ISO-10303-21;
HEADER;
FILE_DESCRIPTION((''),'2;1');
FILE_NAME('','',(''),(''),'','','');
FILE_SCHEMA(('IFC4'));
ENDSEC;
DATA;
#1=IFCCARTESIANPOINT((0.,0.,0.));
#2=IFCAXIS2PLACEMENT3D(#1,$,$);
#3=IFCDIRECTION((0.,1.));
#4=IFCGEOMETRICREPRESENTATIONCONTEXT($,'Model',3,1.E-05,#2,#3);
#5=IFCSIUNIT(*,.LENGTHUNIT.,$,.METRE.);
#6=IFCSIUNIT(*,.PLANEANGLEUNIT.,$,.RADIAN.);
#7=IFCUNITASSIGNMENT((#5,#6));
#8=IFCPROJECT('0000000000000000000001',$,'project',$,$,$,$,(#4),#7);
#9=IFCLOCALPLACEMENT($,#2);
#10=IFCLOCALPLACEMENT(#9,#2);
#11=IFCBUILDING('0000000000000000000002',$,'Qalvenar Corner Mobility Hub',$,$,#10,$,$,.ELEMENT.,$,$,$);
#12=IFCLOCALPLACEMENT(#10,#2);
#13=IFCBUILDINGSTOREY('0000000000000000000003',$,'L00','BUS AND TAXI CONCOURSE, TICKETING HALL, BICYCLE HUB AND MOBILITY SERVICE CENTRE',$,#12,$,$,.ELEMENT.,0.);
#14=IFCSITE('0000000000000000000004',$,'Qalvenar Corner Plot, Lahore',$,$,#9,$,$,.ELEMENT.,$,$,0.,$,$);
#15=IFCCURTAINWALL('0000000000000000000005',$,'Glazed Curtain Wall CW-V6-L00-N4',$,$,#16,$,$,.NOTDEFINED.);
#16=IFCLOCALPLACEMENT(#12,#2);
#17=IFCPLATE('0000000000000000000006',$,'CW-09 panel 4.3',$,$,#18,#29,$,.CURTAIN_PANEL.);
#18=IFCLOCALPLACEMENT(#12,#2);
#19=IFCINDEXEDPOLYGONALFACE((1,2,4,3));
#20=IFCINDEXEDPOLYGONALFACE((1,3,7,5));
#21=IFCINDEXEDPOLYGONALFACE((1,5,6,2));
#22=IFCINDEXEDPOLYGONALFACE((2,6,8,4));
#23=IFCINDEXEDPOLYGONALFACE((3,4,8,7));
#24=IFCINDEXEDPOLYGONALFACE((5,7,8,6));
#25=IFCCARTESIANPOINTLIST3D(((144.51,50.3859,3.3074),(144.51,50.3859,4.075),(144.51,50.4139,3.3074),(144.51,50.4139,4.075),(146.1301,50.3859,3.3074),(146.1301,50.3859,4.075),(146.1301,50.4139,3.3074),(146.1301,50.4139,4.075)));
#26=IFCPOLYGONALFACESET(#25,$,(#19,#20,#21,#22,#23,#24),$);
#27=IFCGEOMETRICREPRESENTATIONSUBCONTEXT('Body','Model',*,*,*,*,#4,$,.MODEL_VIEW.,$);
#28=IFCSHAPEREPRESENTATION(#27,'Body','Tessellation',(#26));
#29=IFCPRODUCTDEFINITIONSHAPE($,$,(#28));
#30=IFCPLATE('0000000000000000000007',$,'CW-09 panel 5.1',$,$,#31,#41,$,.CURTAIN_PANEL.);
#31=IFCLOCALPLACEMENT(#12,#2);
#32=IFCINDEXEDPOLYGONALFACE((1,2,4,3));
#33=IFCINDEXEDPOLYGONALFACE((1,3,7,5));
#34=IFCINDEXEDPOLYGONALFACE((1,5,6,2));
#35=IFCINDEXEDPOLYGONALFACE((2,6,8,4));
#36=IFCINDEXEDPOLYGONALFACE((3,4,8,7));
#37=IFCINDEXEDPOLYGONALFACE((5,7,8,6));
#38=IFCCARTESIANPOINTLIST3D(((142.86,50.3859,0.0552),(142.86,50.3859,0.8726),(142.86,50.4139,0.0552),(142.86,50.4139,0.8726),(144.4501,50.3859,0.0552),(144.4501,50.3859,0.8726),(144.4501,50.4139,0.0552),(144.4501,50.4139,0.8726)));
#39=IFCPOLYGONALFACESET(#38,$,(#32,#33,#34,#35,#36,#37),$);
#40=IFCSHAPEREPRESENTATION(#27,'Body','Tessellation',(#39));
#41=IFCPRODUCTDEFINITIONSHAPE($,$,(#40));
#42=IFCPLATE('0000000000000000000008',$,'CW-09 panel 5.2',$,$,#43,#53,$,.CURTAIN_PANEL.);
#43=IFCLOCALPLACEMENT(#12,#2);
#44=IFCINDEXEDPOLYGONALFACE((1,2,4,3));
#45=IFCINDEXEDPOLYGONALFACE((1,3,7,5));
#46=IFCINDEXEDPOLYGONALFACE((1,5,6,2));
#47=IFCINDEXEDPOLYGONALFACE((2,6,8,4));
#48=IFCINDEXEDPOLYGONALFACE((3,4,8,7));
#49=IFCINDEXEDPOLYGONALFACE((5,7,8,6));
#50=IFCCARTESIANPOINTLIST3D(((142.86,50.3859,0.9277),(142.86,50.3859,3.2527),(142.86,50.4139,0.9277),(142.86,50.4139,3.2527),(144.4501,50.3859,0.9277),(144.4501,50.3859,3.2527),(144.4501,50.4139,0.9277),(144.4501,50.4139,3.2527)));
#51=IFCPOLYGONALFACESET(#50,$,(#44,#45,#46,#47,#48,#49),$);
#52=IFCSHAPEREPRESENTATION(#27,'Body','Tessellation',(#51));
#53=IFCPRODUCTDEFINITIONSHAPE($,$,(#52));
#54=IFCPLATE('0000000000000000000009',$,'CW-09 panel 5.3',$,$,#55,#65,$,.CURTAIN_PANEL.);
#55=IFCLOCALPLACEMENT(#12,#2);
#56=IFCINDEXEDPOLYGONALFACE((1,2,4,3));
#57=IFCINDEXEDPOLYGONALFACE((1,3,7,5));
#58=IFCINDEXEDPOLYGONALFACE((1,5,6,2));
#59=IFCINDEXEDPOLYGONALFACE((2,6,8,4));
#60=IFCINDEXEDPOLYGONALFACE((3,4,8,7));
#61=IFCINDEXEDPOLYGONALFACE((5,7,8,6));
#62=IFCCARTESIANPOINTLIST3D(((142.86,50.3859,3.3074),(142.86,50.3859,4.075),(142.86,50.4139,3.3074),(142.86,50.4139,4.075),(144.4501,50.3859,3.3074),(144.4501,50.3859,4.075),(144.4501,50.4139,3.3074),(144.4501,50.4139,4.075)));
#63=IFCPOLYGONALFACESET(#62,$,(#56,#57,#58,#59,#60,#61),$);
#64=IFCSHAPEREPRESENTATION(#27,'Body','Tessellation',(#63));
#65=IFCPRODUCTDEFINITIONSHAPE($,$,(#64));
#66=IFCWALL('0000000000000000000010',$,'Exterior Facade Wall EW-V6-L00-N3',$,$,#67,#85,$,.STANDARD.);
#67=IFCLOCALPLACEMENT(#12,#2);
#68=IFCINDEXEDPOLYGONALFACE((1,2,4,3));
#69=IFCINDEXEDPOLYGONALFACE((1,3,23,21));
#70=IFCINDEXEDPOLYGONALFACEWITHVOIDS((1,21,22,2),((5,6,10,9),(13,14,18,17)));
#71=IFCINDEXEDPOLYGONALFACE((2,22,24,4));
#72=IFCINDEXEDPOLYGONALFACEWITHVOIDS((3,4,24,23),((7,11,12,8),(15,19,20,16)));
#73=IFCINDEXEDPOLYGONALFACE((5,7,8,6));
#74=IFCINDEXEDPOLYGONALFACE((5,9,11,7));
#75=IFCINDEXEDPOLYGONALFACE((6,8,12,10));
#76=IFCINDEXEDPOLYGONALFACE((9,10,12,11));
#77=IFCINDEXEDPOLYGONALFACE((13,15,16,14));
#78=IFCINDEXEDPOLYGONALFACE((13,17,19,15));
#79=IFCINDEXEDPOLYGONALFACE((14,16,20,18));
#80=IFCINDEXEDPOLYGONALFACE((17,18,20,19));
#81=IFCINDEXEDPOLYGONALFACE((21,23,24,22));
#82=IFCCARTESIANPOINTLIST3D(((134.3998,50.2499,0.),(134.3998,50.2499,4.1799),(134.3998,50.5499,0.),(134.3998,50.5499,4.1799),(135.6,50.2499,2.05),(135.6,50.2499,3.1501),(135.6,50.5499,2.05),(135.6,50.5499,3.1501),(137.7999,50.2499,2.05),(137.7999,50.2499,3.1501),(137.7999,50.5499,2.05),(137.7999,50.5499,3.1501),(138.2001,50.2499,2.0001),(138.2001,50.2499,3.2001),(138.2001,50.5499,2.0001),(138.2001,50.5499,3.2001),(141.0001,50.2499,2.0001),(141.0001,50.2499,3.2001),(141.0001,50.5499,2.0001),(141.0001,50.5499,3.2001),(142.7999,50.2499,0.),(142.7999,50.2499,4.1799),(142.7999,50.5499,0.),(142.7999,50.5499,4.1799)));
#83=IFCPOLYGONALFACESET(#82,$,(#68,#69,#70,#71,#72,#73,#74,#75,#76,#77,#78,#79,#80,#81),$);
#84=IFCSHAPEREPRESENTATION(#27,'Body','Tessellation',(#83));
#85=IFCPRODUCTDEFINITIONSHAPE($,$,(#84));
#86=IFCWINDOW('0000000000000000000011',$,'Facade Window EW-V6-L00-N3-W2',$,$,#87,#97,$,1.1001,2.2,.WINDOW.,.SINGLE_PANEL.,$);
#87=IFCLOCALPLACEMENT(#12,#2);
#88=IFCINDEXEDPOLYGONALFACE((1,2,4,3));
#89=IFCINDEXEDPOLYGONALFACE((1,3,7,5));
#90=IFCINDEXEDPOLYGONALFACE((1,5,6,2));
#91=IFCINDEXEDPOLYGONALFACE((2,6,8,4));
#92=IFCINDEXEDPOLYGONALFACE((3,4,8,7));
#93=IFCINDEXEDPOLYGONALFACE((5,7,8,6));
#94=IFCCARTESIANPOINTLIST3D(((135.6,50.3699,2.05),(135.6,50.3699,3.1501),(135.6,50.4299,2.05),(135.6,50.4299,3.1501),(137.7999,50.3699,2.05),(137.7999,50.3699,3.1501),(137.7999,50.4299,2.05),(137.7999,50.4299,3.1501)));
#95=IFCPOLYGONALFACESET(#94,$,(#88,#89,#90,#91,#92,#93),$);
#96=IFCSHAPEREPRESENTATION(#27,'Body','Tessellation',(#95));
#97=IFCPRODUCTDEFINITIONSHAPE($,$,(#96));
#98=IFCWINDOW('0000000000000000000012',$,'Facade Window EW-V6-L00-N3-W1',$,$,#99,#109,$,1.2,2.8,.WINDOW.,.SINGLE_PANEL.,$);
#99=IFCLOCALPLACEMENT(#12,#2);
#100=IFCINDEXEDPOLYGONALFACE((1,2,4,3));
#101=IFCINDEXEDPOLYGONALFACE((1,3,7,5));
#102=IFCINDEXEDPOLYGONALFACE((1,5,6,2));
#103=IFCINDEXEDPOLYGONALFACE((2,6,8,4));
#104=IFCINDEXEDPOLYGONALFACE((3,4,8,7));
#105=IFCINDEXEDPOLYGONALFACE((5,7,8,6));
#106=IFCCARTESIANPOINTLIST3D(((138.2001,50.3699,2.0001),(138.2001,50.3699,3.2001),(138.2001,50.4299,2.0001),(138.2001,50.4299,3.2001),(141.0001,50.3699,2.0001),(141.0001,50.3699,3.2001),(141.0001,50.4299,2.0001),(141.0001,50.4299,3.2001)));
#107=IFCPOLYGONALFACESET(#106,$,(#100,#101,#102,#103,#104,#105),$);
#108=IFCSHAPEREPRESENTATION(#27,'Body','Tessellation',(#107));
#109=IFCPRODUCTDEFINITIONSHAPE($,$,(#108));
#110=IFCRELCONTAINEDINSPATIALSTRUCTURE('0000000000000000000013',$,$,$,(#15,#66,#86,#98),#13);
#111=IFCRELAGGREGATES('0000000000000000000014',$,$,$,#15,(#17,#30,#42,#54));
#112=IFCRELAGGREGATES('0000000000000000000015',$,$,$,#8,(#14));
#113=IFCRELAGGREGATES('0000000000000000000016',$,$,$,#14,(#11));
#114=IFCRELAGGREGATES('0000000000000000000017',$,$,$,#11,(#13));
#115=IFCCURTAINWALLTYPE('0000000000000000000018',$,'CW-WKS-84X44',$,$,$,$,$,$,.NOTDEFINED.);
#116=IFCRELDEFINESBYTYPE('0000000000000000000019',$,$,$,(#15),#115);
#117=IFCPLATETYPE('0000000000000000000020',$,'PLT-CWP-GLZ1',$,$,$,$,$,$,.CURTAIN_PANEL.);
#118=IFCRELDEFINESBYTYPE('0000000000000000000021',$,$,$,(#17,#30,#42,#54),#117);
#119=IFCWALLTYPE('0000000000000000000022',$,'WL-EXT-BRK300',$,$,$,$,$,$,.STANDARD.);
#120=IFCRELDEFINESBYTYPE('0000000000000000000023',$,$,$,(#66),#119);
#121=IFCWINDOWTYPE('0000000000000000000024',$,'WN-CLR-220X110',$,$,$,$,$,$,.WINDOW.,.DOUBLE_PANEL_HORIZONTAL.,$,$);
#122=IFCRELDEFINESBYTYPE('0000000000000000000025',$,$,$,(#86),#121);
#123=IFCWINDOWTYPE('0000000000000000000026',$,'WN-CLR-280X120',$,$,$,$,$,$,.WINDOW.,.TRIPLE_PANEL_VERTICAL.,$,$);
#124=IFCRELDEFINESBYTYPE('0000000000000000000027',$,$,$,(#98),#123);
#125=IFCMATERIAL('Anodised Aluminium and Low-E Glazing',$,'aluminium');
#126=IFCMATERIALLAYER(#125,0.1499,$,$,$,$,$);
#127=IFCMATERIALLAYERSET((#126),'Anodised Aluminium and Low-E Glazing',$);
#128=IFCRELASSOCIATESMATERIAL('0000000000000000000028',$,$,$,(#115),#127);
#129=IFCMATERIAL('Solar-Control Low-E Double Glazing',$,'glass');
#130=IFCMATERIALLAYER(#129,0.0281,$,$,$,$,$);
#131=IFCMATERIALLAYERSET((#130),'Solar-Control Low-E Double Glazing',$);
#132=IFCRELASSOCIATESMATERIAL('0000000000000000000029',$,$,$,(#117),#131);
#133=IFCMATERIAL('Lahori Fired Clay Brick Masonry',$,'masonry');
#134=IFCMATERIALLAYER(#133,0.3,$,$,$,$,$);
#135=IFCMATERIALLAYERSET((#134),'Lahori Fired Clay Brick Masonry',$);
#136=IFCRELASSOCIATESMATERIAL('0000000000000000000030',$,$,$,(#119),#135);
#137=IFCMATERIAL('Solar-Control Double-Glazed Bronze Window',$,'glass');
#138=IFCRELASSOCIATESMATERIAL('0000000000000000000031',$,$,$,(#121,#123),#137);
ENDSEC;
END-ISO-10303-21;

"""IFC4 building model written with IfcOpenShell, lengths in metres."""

from ifc_helpers import new_model, si_unit, direction, frame, frame_2d, origin, origin_2d, place, context, subcontext, project, spatial, rectangle, extrude, material, layer, layer_set, type_object, element, fill, aggregate, save


model = new_model("IFC4")

# Units and contexts
model_context = context("Model", 3, precision=1e-05, world=origin(), true_north=direction((0.0, 1.0)))
body_context = subcontext(model_context, "Body", "Model", "MODEL_VIEW")
ifc_project = project(units=[si_unit("LENGTHUNIT", "METRE"), si_unit("PLANEANGLEUNIT", "RADIAN")], contexts=[model_context])

# Site, building, storey
site_placement = place(None, origin())
site = spatial("IfcSite", under=ifc_project, at=site_placement, Name="Qalvenar Corner Plot, Lahore", CompositionType="ELEMENT", RefElevation=0.0)
building_placement = place(site_placement, origin())
building = spatial("IfcBuilding", under=site, at=building_placement, Name="Qalvenar Corner Mobility Hub", CompositionType="ELEMENT")
storey_placement = place(building_placement, origin())
storey = spatial("IfcBuildingStorey", under=building, at=storey_placement, Name="L00", Description="BUS AND TAXI CONCOURSE, TICKETING HALL, BICYCLE HUB AND MOBILITY SERVICE CENTRE", CompositionType="ELEMENT", Elevation=0.0)

# Shared definitions
ifc_material_1 = material(Name="Anodised Aluminium and Low-E Glazing", Category="aluminium")
ifc_layer_1 = layer(ifc_material_1, 0.1499)
ifc_layer_set_1 = layer_set([ifc_layer_1], Name="Anodised Aluminium and Low-E Glazing")
curtain_wall_type = type_object("IfcCurtainWallType", Name="CW-WKS-84X44", PredefinedType="NOTDEFINED", material=ifc_layer_set_1)

# Curtain wall
curtain_wall_1_placement = place(storey_placement, origin())
curtain_wall_1 = element("IfcCurtainWall", 1, at=curtain_wall_1_placement, inside=storey, type_object=curtain_wall_type, Name="Glazed Curtain Wall CW-V6-L00-N4", PredefinedType="NOTDEFINED")

# Plates
ifc_material_2 = material(Name="Solar-Control Low-E Double Glazing", Category="glass")
ifc_layer_2 = layer(ifc_material_2, 0.0281)
ifc_layer_set_2 = layer_set([ifc_layer_2], Name="Solar-Control Low-E Double Glazing")
plate_type = type_object("IfcPlateType", Name="PLT-CWP-GLZ1", PredefinedType="CURTAIN_PANEL", material=ifc_layer_set_2)
plate_1_placement = place(storey_placement, frame((145.3201, 50.3999, 3.3074), z_axis=(0.0, 0.0, 1.0), x_axis=(-1.0, 0.0, 0.0)))
plate_1 = element("IfcPlate", 2, at=plate_1_placement, type_object=plate_type, Name="CW-09 panel 4.3", PredefinedType="CURTAIN_PANEL", context=body_context, shape_type="SweptSolid", body=[
    extrude(rectangle(XDim=1.6201, YDim=0.0281, at=origin_2d()), origin(), (0.0, 0.0, 1.0), 0.7676),
])
plate_2_placement = place(storey_placement, frame((143.655, 50.3999, 0.0552), z_axis=(0.0, 0.0, 1.0), x_axis=(-1.0, 0.0, 0.0)))
plate_2 = element("IfcPlate", 3, at=plate_2_placement, type_object=plate_type, Name="CW-09 panel 5.1", PredefinedType="CURTAIN_PANEL", context=body_context, shape_type="SweptSolid", body=[
    extrude(rectangle(XDim=1.5901, YDim=0.0281, at=origin_2d()), origin(), (0.0, 0.0, 1.0), 0.8174),
])
plate_3_placement = place(storey_placement, frame((143.655, 50.3999, 0.9277), z_axis=(0.0, 0.0, 1.0), x_axis=(-1.0, 0.0, 0.0)))
plate_3 = element("IfcPlate", 4, at=plate_3_placement, type_object=plate_type, Name="CW-09 panel 5.2", PredefinedType="CURTAIN_PANEL", context=body_context, shape_type="SweptSolid", body=[
    extrude(rectangle(XDim=1.5901, YDim=0.0281, at=origin_2d()), origin(), (0.0, 0.0, 1.0), 2.325),
])
plate_4_placement = place(storey_placement, frame((143.655, 50.3999, 3.3074), z_axis=(0.0, 0.0, 1.0), x_axis=(-1.0, 0.0, 0.0)))
plate_4 = element("IfcPlate", 5, at=plate_4_placement, type_object=plate_type, Name="CW-09 panel 5.3", PredefinedType="CURTAIN_PANEL", context=body_context, shape_type="SweptSolid", body=[
    extrude(rectangle(XDim=1.5901, YDim=0.0281, at=origin_2d()), origin(), (0.0, 0.0, 1.0), 0.7676),
])
aggregate(curtain_wall_1, [plate_1, plate_2, plate_3, plate_4])

# Wall, openings, windows
ifc_material_3 = material(Name="Lahori Fired Clay Brick Masonry", Category="masonry")
ifc_layer_3 = layer(ifc_material_3, 0.3)
ifc_layer_set_3 = layer_set([ifc_layer_3], Name="Lahori Fired Clay Brick Masonry")
wall_type = type_object("IfcWallType", Name="WL-EXT-BRK300", PredefinedType="STANDARD", material=ifc_layer_set_3)
wall_placement = place(storey_placement, frame((142.8, 50.3999, 0.0), z_axis=(0.0, 0.0, 1.0), x_axis=(-1.0, 0.0, 0.0)))
wall = element("IfcWall", 6, at=wall_placement, inside=storey, type_object=wall_type, Name="Exterior Facade Wall EW-V6-L00-N3", PredefinedType="STANDARD", context=body_context, shape_type="SweptSolid", body=[
    extrude(rectangle(XDim=8.4001, YDim=0.3, at=frame_2d((4.2002, 0.0))), origin(), (0.0, 0.0, 1.0), 4.1799),
])
opening_1_placement = place(wall_placement, frame((1.8, 0.0, 2.0)))
opening_1 = element("IfcOpeningElement", 7, at=opening_1_placement, cuts=wall, PredefinedType="OPENING", context=body_context, shape_type="SweptSolid", body=[
    extrude(rectangle(XDim=2.8, YDim=1.2, at=frame_2d((1.3999, 0.6001))), frame((0.0, 0.1602, 0.0), z_axis=(0.0, -1.0, 0.0), x_axis=(1.0, 0.0, 0.0)), (0.0, 0.0, 1.0), 0.3201),
])
opening_2_placement = place(wall_placement, frame((5.0, 0.0, 2.05)))
opening_2 = element("IfcOpeningElement", 8, at=opening_2_placement, cuts=wall, PredefinedType="OPENING", context=body_context, shape_type="SweptSolid", body=[
    extrude(rectangle(XDim=2.2, YDim=1.1001, at=frame_2d((1.1001, 0.55))), frame((0.0, 0.1602, 0.0), z_axis=(0.0, -1.0, 0.0), x_axis=(1.0, 0.0, 0.0)), (0.0, 0.0, 1.0), 0.3201),
])
ifc_material_4 = material(Name="Solar-Control Double-Glazed Bronze Window", Category="glass")
window_type_1 = type_object("IfcWindowType", Name="WN-CLR-220X110", PartitioningType="DOUBLE_PANEL_HORIZONTAL", PredefinedType="WINDOW", material=ifc_material_4)
window_1_placement = place(opening_2_placement, origin())
window_1 = element("IfcWindow", 9, at=window_1_placement, inside=storey, type_object=window_type_1, Name="Facade Window EW-V6-L00-N3-W2", OverallHeight=1.1001, OverallWidth=2.2, PartitioningType="SINGLE_PANEL", PredefinedType="WINDOW", context=body_context, shape_type="SweptSolid", body=[
    extrude(rectangle(XDim=2.2, YDim=1.1001, at=frame_2d((1.1001, 0.55))), frame((0.0, 0.03, 0.0), z_axis=(0.0, -1.0, 0.0), x_axis=(1.0, 0.0, 0.0)), (0.0, 0.0, 1.0), 0.0601),
])
fill(opening_2, window_1)
window_type_2 = type_object("IfcWindowType", Name="WN-CLR-280X120", PartitioningType="TRIPLE_PANEL_VERTICAL", PredefinedType="WINDOW", material=ifc_material_4)
window_2_placement = place(opening_1_placement, origin())
window_2 = element("IfcWindow", 10, at=window_2_placement, inside=storey, type_object=window_type_2, Name="Facade Window EW-V6-L00-N3-W1", OverallHeight=1.2, OverallWidth=2.8, PartitioningType="SINGLE_PANEL", PredefinedType="WINDOW", context=body_context, shape_type="SweptSolid", body=[
    extrude(rectangle(XDim=2.8, YDim=1.2, at=frame_2d((1.3999, 0.6001))), frame((0.0, 0.03, 0.0), z_axis=(0.0, -1.0, 0.0), x_axis=(1.0, 0.0, 0.0)), (0.0, 0.0, 1.0), 0.0601),
])
fill(opening_1, window_2)

save(model, "model.ifc")
